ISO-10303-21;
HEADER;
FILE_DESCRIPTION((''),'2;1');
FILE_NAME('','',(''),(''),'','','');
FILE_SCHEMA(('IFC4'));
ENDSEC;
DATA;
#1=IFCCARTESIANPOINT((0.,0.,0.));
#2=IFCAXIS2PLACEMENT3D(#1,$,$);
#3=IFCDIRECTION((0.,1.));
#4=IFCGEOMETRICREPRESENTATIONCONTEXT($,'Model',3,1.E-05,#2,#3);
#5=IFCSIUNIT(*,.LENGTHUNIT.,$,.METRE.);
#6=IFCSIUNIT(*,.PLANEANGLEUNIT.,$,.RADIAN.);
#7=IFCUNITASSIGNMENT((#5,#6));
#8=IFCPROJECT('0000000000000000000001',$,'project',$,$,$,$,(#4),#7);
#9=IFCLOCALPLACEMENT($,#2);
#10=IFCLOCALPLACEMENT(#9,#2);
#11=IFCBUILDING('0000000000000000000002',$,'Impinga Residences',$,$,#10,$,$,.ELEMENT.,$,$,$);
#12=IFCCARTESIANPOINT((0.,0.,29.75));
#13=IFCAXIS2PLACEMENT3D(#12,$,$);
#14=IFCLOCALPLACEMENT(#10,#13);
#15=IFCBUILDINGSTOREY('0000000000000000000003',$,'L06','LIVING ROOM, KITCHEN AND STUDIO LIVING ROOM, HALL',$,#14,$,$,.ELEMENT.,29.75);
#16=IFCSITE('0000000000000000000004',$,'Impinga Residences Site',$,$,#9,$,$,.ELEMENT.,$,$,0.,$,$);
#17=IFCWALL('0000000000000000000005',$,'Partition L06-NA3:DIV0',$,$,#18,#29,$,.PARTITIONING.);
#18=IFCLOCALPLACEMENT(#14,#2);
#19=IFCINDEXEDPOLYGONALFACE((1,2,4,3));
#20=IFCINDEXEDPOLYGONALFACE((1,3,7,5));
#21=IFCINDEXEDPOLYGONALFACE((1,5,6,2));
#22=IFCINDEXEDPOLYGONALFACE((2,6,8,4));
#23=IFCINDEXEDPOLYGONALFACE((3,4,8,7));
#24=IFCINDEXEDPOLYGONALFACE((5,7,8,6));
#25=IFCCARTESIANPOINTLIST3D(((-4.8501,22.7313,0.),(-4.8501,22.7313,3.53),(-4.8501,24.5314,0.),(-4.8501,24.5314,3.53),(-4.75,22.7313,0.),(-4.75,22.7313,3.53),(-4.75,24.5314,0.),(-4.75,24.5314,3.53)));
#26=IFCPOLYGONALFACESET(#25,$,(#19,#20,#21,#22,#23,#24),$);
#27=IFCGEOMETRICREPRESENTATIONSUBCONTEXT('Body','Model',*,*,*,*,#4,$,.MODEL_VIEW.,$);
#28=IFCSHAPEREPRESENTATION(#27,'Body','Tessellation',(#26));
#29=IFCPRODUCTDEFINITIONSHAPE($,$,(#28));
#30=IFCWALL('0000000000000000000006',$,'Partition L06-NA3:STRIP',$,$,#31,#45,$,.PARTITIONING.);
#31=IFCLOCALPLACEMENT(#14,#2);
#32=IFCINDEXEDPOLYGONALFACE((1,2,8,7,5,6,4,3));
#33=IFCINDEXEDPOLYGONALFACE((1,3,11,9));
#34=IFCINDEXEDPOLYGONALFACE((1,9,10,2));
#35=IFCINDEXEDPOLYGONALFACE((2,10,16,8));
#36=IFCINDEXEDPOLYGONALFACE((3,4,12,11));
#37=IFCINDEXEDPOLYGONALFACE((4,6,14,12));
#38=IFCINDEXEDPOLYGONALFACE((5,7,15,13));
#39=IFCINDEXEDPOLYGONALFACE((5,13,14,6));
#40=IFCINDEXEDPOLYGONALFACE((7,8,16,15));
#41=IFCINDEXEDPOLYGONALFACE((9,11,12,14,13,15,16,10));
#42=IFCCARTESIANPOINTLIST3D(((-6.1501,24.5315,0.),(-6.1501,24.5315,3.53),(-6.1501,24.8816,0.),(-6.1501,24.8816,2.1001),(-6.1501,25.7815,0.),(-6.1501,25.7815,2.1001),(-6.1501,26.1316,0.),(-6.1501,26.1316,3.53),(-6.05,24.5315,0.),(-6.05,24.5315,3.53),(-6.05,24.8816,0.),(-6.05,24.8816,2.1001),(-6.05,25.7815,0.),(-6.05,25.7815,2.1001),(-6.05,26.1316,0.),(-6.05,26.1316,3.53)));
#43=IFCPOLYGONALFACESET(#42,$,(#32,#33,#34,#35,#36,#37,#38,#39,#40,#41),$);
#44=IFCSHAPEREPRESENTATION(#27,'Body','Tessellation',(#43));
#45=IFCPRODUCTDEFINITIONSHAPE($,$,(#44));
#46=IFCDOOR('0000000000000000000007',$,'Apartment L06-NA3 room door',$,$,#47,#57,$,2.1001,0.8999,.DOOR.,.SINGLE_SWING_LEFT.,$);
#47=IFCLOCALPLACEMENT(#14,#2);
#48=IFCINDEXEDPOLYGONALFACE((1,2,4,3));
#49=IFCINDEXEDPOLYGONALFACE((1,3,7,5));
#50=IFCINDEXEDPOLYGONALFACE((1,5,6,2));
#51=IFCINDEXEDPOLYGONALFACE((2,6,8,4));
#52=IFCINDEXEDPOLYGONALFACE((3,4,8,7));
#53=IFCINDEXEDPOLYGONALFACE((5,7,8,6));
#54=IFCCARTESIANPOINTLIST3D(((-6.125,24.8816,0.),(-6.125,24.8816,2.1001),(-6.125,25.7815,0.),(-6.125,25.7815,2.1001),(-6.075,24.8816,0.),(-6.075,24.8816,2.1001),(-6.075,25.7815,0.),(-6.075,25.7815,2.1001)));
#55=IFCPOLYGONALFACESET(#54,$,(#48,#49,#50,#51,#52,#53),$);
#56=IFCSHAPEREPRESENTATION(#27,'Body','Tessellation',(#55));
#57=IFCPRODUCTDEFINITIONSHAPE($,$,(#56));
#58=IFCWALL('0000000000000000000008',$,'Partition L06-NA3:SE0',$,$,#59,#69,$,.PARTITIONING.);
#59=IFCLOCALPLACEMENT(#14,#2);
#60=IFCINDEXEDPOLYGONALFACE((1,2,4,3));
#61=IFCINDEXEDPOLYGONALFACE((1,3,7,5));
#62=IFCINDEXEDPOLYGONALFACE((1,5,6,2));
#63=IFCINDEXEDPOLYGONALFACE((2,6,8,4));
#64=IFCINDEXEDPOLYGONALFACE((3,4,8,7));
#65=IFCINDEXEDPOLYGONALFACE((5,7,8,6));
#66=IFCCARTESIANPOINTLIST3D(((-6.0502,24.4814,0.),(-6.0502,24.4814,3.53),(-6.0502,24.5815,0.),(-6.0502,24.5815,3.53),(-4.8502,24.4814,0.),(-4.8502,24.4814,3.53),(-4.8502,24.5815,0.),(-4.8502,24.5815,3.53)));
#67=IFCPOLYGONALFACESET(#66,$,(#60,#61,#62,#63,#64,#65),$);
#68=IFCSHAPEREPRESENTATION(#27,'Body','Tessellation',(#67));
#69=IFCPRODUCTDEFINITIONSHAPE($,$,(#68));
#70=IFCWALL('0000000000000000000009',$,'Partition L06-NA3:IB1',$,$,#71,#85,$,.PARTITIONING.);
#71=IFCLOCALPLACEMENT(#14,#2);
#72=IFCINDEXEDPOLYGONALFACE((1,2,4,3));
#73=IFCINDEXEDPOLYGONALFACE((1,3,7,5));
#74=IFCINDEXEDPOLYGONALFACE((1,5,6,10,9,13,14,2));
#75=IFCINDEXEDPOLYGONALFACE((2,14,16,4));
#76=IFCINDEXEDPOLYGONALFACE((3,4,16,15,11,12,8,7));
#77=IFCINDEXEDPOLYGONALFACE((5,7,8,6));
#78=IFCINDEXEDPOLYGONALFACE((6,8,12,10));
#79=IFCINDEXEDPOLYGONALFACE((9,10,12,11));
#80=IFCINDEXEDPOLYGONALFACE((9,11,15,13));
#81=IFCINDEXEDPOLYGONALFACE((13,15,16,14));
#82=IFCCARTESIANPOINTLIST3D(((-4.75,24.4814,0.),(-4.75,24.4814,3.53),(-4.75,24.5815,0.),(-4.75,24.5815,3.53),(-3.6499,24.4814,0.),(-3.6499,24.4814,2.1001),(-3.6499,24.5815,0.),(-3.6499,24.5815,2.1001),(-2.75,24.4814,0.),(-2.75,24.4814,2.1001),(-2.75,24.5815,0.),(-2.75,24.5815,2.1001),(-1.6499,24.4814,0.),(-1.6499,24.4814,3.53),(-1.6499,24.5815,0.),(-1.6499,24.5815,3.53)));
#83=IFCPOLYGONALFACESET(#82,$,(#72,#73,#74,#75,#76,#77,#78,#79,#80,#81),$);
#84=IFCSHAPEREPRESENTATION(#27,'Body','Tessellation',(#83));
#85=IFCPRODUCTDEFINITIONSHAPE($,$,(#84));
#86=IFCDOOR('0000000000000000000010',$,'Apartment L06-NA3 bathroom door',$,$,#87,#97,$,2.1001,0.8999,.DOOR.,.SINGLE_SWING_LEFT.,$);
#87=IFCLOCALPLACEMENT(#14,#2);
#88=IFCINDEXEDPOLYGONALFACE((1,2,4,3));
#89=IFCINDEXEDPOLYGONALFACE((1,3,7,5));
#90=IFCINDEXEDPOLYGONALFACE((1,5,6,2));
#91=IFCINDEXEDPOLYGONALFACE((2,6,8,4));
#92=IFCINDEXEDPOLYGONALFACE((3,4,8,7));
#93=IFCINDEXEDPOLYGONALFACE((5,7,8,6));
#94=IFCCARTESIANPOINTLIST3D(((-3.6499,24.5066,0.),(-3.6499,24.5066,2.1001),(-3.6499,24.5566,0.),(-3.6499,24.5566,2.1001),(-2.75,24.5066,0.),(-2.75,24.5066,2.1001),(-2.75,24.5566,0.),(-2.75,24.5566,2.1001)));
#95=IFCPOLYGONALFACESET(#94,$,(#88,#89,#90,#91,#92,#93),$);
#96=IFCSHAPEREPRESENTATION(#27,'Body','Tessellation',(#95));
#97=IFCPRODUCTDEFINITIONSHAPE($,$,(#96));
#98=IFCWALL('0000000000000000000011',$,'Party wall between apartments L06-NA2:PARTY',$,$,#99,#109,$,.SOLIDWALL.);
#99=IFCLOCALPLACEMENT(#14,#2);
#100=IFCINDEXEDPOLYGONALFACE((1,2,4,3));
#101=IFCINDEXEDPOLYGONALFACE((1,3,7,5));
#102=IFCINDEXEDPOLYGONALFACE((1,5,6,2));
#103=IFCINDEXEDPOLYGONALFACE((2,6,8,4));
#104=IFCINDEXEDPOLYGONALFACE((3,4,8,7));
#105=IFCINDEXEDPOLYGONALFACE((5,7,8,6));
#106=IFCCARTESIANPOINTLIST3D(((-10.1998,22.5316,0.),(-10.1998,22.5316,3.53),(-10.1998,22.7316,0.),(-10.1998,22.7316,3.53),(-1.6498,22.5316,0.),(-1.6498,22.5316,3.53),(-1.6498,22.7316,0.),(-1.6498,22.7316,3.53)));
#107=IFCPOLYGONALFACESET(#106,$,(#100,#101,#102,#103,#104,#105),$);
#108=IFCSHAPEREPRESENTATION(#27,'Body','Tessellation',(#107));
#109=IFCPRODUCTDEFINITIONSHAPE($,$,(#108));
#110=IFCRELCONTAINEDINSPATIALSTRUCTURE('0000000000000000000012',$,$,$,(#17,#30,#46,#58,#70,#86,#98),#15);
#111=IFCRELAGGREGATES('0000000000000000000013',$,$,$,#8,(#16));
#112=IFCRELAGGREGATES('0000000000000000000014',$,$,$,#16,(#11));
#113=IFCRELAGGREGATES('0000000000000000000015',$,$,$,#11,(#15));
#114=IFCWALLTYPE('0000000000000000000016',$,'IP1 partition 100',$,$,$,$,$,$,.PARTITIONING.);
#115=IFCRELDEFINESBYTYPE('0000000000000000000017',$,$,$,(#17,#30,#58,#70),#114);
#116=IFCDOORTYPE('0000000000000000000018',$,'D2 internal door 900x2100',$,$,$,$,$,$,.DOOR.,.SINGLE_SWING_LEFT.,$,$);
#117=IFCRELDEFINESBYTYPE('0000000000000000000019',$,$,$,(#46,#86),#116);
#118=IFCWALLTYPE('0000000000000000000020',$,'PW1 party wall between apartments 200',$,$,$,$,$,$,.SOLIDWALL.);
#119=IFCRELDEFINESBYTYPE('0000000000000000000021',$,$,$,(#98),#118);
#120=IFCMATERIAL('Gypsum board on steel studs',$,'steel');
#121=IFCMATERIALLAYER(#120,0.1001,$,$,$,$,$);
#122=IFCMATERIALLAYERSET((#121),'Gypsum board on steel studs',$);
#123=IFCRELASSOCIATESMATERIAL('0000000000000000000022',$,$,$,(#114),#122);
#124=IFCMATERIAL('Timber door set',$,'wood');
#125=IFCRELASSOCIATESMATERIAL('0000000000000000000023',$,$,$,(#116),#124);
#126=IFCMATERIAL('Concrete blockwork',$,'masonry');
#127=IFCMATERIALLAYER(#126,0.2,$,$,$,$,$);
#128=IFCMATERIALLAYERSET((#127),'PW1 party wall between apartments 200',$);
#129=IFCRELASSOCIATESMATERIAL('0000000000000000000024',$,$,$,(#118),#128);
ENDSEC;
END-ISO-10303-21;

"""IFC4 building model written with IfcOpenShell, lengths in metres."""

from ifc_helpers import new_model, si_unit, direction, frame, frame_2d, origin, place, context, subcontext, project, spatial, rectangle, extrude, material, layer, layer_set, type_object, element, fill, save


model = new_model("IFC4")

# Units and contexts
model_context = context("Model", 3, precision=1e-05, world=origin(), true_north=direction((0.0, 1.0)))
body_context = subcontext(model_context, "Body", "Model", "MODEL_VIEW")
ifc_project = project(units=[si_unit("LENGTHUNIT", "METRE"), si_unit("PLANEANGLEUNIT", "RADIAN")], contexts=[model_context])

# Site, building, storey
site_placement = place(None, origin())
site = spatial("IfcSite", under=ifc_project, at=site_placement, Name="Impinga Residences Site", CompositionType="ELEMENT", RefElevation=0.0)
building_placement = place(site_placement, origin())
building = spatial("IfcBuilding", under=site, at=building_placement, Name="Impinga Residences", CompositionType="ELEMENT")
storey_placement = place(building_placement, frame((0.0, 0.0, 29.75)))
storey = spatial("IfcBuildingStorey", under=building, at=storey_placement, Name="L06", Description="LIVING ROOM, KITCHEN AND STUDIO LIVING ROOM, HALL", CompositionType="ELEMENT", Elevation=29.75)

# Shared definitions
ifc_material_1 = material(Name="Gypsum board on steel studs", Category="steel")
ifc_layer_1 = layer(ifc_material_1, 0.1001)
ifc_layer_set_1 = layer_set([ifc_layer_1], Name="Gypsum board on steel studs")
wall_type_1 = type_object("IfcWallType", Name="IP1 partition 100", PredefinedType="PARTITIONING", material=ifc_layer_set_1)

# Shared definitions
ifc_material_2 = material(Name="Timber door set", Category="wood")
door_type = type_object("IfcDoorType", Name="D2 internal door 900x2100", OperationType="SINGLE_SWING_LEFT", PredefinedType="DOOR", material=ifc_material_2)

# Wall
wall_1_placement = place(storey_placement, frame((-4.8, 22.7314, 0.0), z_axis=(0.0, 0.0, 1.0), x_axis=(0.0, 1.0, 0.0)))
element("IfcWall", 1, at=wall_1_placement, inside=storey, type_object=wall_type_1, Name="Partition L06-NA3:DIV0", PredefinedType="PARTITIONING", context=body_context, shape_type="SweptSolid", body=[
    extrude(rectangle(XDim=1.8, YDim=0.1001, at=frame_2d((0.8999, 0.0))), origin(), (0.0, 0.0, 1.0), 3.53),
])

# Wall, opening, door
wall_2_placement = place(storey_placement, frame((-6.1001, 24.5315, 0.0), z_axis=(0.0, 0.0, 1.0), x_axis=(0.0, 1.0, 0.0)))
wall_2 = element("IfcWall", 2, at=wall_2_placement, inside=storey, type_object=wall_type_1, Name="Partition L06-NA3:STRIP", PredefinedType="PARTITIONING", context=body_context, shape_type="SweptSolid", body=[
    extrude(rectangle(XDim=1.6001, YDim=0.1001, at=frame_2d((0.8, 0.0))), origin(), (0.0, 0.0, 1.0), 3.53),
])
opening_1_placement = place(wall_2_placement, frame((0.3501, 0.0, 0.0)))
opening_1 = element("IfcOpeningElement", 3, at=opening_1_placement, cuts=wall_2, PredefinedType="OPENING", context=body_context, shape_type="SweptSolid", body=[
    extrude(rectangle(XDim=0.8999, YDim=2.1001, at=frame_2d((0.45, 1.05))), frame((0.0, 0.0601, 0.0), z_axis=(0.0, -1.0, 0.0), x_axis=(1.0, 0.0, 0.0)), (0.0, 0.0, 1.0), 0.1201),
])
door_1_placement = place(opening_1_placement, origin())
door_1 = element("IfcDoor", 4, at=door_1_placement, inside=storey, type_object=door_type, Name="Apartment L06-NA3 room door", OperationType="SINGLE_SWING_LEFT", OverallHeight=2.1001, OverallWidth=0.8999, PredefinedType="DOOR", context=body_context, shape_type="SweptSolid", body=[
    extrude(rectangle(XDim=0.8999, YDim=2.1001, at=frame_2d((0.45, 1.05))), frame((0.0, 0.0249, 0.0), z_axis=(0.0, -1.0, 0.0), x_axis=(1.0, 0.0, 0.0)), (0.0, 0.0, 1.0), 0.05),
])
fill(opening_1, door_1)

# Wall
wall_3_placement = place(storey_placement, frame((-4.8501, 24.5315, 0.0), z_axis=(0.0, 0.0, 1.0), x_axis=(-1.0, 0.0, 0.0)))
element("IfcWall", 5, at=wall_3_placement, inside=storey, type_object=wall_type_1, Name="Partition L06-NA3:SE0", PredefinedType="PARTITIONING", context=body_context, shape_type="SweptSolid", body=[
    extrude(rectangle(XDim=1.2, YDim=0.1001, at=frame_2d((0.6001, 0.0))), origin(), (0.0, 0.0, 1.0), 3.53),
])

# Wall, opening, door
wall_4_placement = place(storey_placement, frame((-1.6499, 24.5315, 0.0), z_axis=(0.0, 0.0, 1.0), x_axis=(-1.0, 0.0, 0.0)))
wall_4 = element("IfcWall", 6, at=wall_4_placement, inside=storey, type_object=wall_type_1, Name="Partition L06-NA3:IB1", PredefinedType="PARTITIONING", context=body_context, shape_type="SweptSolid", body=[
    extrude(rectangle(XDim=3.1001, YDim=0.1001, at=frame_2d((1.55, 0.0))), origin(), (0.0, 0.0, 1.0), 3.53),
])
opening_2_placement = place(wall_4_placement, frame((1.1001, 0.0, 0.0)))
opening_2 = element("IfcOpeningElement", 7, at=opening_2_placement, cuts=wall_4, PredefinedType="OPENING", context=body_context, shape_type="SweptSolid", body=[
    extrude(rectangle(XDim=0.8999, YDim=2.1001, at=frame_2d((0.45, 1.05))), frame((0.0, 0.0601, 0.0), z_axis=(0.0, -1.0, 0.0), x_axis=(1.0, 0.0, 0.0)), (0.0, 0.0, 1.0), 0.1201),
])
door_2_placement = place(opening_2_placement, origin())
door_2 = element("IfcDoor", 8, at=door_2_placement, inside=storey, type_object=door_type, Name="Apartment L06-NA3 bathroom door", OperationType="SINGLE_SWING_LEFT", OverallHeight=2.1001, OverallWidth=0.8999, PredefinedType="DOOR", context=body_context, shape_type="SweptSolid", body=[
    extrude(rectangle(XDim=0.8999, YDim=2.1001, at=frame_2d((0.45, 1.05))), frame((0.0, 0.0249, 0.0), z_axis=(0.0, -1.0, 0.0), x_axis=(1.0, 0.0, 0.0)), (0.0, 0.0, 1.0), 0.05),
])
fill(opening_2, door_2)

# Wall
ifc_material_3 = material(Name="Concrete blockwork", Category="masonry")
ifc_layer_2 = layer(ifc_material_3, 0.2)
ifc_layer_set_2 = layer_set([ifc_layer_2], Name="PW1 party wall between apartments 200")
wall_type_2 = type_object("IfcWallType", Name="PW1 party wall between apartments 200", PredefinedType="SOLIDWALL", material=ifc_layer_set_2)
wall_5_placement = place(storey_placement, frame((-1.6499, 22.6316, 0.0), z_axis=(0.0, 0.0, 1.0), x_axis=(-1.0, 0.0, 0.0)))
element("IfcWall", 9, at=wall_5_placement, inside=storey, type_object=wall_type_2, Name="Party wall between apartments L06-NA2:PARTY", PredefinedType="SOLIDWALL", context=body_context, shape_type="SweptSolid", body=[
    extrude(rectangle(XDim=8.55, YDim=0.2, at=frame_2d((4.2749, 0.0))), origin(), (0.0, 0.0, 1.0), 3.53),
])

save(model, "model.ifc")
